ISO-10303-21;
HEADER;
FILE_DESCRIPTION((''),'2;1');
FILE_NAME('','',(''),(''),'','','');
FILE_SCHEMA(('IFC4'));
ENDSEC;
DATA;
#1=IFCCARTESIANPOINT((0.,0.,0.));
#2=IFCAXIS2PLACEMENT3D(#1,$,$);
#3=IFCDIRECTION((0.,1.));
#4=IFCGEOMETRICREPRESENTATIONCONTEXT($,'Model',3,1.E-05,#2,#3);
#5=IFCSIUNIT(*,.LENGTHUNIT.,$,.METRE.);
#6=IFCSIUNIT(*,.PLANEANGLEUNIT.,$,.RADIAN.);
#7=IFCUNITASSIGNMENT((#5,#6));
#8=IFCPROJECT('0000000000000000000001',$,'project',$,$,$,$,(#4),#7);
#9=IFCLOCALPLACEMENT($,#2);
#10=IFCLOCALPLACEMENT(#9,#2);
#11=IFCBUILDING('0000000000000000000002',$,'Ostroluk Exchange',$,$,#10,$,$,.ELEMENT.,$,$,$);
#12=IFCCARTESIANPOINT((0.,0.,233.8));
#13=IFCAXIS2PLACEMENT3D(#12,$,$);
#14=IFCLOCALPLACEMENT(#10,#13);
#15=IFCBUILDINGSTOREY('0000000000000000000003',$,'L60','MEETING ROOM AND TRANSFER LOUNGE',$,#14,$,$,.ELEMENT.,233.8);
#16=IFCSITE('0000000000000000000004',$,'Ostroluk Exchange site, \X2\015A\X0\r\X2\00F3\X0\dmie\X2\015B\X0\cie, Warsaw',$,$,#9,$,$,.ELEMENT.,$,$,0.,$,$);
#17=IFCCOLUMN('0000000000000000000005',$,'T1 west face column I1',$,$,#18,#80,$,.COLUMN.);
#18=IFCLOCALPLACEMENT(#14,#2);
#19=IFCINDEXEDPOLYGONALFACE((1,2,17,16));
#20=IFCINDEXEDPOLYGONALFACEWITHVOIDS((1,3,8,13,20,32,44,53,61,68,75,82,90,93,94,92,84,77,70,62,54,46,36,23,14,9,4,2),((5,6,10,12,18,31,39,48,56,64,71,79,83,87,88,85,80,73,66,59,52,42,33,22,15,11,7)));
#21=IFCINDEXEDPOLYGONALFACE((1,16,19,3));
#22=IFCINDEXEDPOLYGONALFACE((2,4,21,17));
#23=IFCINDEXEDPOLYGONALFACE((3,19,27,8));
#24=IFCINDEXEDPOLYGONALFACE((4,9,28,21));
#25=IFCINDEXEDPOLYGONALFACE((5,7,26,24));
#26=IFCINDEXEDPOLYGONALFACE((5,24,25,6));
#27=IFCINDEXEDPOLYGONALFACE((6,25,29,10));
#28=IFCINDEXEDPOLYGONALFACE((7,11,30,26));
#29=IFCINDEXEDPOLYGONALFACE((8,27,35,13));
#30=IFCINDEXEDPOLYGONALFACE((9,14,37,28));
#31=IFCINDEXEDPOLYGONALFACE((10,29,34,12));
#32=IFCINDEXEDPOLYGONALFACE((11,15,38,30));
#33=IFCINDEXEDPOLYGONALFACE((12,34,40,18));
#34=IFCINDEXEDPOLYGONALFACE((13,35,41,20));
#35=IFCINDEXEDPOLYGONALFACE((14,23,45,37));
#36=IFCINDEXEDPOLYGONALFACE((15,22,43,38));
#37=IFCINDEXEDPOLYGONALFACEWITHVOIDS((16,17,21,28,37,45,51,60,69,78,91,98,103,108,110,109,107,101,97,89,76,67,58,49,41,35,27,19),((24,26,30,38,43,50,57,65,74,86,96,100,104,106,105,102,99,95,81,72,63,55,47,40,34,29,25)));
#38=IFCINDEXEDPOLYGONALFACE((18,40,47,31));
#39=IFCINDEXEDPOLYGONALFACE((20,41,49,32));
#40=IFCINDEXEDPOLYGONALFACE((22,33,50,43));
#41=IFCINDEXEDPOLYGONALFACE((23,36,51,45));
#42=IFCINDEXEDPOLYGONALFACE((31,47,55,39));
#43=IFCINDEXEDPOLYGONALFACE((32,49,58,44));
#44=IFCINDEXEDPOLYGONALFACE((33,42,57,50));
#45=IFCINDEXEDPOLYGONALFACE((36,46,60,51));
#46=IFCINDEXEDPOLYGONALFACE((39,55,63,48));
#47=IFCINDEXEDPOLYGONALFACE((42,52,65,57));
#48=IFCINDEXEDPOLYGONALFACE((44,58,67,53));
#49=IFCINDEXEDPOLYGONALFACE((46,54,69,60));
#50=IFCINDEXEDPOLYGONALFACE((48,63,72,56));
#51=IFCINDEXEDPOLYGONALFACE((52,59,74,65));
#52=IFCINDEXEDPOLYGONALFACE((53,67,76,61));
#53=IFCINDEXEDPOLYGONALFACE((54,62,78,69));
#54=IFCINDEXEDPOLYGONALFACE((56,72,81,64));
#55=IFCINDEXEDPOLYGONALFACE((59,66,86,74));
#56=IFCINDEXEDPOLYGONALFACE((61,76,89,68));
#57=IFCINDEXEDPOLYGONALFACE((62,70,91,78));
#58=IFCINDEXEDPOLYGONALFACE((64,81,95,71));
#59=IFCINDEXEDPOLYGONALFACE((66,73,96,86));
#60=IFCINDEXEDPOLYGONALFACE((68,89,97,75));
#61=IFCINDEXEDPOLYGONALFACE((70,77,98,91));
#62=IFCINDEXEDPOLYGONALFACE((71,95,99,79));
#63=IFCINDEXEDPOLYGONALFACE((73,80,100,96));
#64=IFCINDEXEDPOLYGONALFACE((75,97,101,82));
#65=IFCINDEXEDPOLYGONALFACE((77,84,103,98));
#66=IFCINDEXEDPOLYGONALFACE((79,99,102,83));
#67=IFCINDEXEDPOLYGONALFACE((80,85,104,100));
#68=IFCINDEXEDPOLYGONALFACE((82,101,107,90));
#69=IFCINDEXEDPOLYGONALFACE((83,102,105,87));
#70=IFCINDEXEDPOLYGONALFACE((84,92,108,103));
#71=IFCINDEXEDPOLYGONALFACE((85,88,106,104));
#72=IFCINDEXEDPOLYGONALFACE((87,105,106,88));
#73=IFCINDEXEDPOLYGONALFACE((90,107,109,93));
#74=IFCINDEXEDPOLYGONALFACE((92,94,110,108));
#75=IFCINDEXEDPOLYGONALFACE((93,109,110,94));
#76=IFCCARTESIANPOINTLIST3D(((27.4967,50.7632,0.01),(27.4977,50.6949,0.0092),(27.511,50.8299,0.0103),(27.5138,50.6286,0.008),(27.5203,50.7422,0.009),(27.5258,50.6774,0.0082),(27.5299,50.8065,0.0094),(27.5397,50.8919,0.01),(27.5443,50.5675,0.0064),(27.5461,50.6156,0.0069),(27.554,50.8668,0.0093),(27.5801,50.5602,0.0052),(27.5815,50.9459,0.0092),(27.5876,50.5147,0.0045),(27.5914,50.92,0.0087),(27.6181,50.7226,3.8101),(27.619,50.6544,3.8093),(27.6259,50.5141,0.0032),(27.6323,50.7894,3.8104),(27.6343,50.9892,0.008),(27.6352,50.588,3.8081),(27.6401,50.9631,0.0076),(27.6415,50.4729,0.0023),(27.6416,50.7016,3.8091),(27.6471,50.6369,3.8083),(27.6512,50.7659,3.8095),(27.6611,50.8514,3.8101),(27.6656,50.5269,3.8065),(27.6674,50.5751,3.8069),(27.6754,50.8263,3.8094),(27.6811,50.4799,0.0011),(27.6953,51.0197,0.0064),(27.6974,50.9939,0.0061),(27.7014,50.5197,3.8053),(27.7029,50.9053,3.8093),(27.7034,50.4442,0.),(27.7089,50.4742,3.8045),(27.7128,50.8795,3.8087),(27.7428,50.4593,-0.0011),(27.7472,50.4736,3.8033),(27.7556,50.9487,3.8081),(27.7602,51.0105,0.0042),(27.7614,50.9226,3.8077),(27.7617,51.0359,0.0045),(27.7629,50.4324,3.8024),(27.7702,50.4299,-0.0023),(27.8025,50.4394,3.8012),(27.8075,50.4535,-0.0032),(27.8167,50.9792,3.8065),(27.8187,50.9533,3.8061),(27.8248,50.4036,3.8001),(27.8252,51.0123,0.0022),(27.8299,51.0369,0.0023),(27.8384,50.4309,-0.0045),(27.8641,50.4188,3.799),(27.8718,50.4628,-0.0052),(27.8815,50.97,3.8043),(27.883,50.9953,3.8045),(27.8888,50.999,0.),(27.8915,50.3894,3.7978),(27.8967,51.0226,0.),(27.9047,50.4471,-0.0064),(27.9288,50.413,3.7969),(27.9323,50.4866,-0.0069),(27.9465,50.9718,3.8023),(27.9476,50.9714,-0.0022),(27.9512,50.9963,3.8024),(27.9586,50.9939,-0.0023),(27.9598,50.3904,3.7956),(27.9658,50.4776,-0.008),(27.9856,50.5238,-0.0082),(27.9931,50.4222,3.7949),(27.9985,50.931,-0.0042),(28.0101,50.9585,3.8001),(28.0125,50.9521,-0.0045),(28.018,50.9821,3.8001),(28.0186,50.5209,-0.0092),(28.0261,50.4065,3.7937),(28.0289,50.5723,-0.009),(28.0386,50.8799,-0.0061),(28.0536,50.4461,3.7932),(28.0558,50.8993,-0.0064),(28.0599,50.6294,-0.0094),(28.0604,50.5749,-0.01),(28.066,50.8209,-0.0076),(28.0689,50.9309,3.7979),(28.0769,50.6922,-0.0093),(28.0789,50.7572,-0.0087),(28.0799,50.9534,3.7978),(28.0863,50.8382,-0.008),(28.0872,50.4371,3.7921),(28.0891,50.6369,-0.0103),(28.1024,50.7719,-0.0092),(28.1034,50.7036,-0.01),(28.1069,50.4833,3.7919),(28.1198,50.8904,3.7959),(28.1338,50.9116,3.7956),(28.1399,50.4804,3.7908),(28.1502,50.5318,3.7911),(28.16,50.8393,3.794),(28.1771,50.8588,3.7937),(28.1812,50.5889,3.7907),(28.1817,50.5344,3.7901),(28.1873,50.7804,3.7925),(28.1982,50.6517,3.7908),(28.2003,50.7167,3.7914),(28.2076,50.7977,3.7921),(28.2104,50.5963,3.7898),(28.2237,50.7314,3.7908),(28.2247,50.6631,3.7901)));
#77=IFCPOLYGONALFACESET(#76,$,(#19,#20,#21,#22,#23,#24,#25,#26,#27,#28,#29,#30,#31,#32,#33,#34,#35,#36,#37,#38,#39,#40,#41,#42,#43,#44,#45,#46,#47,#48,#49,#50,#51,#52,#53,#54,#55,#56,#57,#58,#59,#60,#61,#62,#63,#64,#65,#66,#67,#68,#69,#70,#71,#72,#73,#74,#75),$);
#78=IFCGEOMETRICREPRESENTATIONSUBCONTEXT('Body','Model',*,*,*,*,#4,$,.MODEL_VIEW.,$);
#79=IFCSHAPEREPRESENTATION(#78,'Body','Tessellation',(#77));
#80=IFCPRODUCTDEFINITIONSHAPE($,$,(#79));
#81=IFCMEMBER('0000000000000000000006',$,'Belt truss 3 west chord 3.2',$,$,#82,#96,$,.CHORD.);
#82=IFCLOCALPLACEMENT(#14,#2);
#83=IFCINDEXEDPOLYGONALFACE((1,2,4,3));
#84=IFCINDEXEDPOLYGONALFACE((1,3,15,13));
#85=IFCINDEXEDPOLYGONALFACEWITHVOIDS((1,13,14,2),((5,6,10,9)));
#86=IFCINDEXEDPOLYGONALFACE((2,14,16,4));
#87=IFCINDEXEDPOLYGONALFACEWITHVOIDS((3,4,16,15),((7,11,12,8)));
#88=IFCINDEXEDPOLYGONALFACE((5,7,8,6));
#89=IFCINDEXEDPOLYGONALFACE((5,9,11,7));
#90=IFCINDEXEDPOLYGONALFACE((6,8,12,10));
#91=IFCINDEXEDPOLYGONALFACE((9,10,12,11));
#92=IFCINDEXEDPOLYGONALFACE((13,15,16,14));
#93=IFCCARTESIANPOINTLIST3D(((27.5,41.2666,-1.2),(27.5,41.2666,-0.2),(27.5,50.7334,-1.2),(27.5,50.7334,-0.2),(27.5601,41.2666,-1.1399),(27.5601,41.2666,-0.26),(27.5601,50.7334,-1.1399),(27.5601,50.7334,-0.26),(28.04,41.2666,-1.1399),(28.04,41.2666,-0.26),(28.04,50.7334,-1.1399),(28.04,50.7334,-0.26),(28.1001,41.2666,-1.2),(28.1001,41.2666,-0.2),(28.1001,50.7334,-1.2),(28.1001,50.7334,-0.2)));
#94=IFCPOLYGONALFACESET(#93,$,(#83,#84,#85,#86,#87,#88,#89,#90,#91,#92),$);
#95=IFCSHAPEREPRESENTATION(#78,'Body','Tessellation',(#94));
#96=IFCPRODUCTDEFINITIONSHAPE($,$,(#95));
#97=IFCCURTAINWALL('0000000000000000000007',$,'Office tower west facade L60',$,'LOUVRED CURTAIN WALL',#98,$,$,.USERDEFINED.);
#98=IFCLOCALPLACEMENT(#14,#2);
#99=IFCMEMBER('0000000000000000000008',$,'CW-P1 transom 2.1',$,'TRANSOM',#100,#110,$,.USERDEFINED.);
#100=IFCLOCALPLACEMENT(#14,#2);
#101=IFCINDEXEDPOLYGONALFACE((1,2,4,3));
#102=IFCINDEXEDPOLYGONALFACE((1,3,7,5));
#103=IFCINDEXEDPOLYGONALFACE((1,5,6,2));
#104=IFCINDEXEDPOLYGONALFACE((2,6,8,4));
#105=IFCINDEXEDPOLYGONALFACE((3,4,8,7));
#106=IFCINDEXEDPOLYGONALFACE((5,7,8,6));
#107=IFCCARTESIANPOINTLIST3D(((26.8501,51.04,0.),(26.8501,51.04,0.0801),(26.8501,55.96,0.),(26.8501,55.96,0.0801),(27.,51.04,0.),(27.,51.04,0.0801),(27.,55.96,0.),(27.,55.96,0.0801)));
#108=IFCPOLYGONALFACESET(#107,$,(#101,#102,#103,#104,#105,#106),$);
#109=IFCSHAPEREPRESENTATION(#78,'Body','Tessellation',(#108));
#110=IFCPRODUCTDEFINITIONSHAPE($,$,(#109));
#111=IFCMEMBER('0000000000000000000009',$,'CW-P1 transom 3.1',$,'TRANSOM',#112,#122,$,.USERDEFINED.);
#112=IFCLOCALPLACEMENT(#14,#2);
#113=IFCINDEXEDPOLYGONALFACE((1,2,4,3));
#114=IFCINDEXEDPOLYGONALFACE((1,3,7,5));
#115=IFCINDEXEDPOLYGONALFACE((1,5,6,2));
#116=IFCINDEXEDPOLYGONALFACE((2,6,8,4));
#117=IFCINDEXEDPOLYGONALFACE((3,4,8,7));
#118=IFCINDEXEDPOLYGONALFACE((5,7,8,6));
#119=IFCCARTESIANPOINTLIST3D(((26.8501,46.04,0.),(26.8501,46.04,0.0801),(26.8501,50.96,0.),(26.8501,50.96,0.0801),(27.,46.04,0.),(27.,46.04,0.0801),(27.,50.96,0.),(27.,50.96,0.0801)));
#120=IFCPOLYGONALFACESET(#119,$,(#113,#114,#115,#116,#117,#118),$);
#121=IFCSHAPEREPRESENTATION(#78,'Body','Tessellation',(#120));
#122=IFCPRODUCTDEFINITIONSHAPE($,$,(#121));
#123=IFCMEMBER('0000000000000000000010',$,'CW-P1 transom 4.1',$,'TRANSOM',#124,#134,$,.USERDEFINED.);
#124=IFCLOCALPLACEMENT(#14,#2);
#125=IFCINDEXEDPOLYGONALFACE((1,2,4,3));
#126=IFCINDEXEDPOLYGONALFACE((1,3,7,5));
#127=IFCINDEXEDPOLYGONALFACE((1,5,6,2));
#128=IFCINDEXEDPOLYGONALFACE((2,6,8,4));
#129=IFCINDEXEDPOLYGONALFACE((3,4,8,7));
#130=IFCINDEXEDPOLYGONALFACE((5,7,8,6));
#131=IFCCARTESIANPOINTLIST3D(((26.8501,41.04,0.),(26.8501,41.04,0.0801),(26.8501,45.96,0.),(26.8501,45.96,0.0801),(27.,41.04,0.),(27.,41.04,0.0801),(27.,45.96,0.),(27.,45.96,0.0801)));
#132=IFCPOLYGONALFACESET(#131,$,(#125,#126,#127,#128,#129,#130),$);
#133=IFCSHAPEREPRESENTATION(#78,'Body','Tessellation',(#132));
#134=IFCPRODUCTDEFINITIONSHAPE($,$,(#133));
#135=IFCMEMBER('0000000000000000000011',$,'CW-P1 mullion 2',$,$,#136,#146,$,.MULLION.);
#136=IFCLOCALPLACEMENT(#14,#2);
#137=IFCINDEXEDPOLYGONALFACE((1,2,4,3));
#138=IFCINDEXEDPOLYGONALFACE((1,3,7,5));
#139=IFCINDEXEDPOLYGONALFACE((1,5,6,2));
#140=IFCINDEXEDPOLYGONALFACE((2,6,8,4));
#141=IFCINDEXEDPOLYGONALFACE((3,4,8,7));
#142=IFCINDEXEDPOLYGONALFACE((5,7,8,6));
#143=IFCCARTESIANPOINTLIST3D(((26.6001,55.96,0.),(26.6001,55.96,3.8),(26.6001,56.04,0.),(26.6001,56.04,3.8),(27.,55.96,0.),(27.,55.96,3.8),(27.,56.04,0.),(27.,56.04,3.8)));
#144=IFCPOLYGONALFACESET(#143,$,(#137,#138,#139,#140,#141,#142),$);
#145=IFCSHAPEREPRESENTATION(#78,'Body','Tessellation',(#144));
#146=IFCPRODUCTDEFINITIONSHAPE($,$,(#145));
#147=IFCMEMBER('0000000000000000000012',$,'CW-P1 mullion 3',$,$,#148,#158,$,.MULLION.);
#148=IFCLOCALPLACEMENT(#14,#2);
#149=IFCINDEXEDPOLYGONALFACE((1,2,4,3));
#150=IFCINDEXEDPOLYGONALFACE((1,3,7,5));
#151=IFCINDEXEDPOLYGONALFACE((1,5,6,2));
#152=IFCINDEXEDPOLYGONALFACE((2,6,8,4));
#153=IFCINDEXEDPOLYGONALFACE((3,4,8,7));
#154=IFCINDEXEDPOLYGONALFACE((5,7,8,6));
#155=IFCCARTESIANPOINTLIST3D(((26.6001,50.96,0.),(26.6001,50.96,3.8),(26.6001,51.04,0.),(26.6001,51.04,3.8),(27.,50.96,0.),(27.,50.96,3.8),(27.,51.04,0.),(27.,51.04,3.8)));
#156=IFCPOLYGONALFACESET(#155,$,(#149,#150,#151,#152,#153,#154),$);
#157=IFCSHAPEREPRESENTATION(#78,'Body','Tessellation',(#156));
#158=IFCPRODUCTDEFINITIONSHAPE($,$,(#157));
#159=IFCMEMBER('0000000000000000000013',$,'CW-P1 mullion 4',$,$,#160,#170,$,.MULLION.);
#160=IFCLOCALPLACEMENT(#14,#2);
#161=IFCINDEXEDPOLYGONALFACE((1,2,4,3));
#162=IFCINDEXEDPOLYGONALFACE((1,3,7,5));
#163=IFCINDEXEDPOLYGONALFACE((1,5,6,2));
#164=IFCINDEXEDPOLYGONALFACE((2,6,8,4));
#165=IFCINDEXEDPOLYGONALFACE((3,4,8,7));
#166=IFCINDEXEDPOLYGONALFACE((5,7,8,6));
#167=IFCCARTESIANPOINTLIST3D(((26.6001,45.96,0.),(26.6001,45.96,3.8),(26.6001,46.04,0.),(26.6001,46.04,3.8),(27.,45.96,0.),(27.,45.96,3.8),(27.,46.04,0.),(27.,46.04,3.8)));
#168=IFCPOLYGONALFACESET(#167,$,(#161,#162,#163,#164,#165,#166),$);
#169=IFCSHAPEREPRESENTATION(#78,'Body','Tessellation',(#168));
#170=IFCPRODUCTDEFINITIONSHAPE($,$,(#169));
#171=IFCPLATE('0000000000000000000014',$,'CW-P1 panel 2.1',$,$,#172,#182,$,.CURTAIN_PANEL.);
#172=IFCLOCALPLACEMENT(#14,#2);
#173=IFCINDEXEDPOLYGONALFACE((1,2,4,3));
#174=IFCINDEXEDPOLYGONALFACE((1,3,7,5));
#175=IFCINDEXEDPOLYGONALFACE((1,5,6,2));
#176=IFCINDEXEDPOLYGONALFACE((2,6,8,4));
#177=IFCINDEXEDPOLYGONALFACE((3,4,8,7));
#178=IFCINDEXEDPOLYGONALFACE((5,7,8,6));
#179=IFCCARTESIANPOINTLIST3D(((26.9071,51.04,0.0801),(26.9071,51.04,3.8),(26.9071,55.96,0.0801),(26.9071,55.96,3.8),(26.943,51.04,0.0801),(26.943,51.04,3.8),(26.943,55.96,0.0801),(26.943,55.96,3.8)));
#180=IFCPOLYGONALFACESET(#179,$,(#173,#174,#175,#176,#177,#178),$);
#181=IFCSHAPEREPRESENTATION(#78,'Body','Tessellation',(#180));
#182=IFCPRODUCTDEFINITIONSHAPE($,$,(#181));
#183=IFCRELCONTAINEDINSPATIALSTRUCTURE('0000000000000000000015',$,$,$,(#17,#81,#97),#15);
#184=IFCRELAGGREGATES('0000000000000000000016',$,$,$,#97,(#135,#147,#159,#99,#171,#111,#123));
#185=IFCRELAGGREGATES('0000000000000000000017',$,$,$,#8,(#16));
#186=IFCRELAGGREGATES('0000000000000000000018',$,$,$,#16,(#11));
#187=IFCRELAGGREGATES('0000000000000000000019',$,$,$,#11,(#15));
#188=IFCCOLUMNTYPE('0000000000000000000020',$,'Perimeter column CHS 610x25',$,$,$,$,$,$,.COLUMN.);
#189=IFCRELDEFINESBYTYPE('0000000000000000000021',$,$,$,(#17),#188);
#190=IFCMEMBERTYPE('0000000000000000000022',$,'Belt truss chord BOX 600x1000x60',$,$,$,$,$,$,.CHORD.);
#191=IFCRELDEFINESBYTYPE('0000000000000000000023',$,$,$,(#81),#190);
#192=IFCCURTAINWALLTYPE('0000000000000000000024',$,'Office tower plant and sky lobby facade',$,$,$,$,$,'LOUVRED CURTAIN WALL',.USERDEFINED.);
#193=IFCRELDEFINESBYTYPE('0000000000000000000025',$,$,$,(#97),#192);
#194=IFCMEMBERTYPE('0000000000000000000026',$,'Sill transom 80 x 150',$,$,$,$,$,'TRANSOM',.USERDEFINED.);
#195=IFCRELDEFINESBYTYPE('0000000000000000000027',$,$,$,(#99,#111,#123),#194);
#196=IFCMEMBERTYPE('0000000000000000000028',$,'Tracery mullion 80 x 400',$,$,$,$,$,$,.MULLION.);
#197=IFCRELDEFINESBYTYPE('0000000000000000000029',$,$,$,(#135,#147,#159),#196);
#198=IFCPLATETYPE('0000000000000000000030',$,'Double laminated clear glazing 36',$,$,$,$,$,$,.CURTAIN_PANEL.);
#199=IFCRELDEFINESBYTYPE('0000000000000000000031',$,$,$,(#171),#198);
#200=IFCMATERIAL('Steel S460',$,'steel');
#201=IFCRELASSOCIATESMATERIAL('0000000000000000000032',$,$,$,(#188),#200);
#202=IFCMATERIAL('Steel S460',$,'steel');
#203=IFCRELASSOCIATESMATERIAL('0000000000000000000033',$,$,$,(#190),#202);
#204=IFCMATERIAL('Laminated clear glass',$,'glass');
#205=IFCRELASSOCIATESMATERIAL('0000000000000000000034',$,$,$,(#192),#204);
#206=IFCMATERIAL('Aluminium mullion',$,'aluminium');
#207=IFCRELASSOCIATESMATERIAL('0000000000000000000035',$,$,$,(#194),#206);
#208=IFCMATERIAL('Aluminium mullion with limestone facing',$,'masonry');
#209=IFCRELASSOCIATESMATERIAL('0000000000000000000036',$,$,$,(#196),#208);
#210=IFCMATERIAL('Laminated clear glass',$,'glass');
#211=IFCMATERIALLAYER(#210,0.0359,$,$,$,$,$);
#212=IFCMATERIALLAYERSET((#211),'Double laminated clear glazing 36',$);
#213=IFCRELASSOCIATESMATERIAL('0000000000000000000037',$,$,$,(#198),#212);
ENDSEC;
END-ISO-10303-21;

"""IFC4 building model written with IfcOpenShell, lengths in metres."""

from ifc_helpers import new_model, si_unit, direction, frame, origin, origin_2d, place, context, subcontext, project, spatial, rectangle, hollow_rectangle, hollow_circle, extrude, material, layer, layer_set, material_profile, profile_set, type_object, element, aggregate, save


model = new_model("IFC4")

# Units and contexts
model_context = context("Model", 3, precision=1e-05, world=origin(), true_north=direction((0.0, 1.0)))
body_context = subcontext(model_context, "Body", "Model", "MODEL_VIEW")
ifc_project = project(units=[si_unit("LENGTHUNIT", "METRE"), si_unit("PLANEANGLEUNIT", "RADIAN")], contexts=[model_context])

# Site, building, storey
site_placement = place(None, origin())
site = spatial("IfcSite", under=ifc_project, at=site_placement, Name="Ostroluk Exchange site, Śródmieście, Warsaw", CompositionType="ELEMENT", RefElevation=0.0)
building_placement = place(site_placement, origin())
building = spatial("IfcBuilding", under=site, at=building_placement, Name="Ostroluk Exchange", CompositionType="ELEMENT")
storey_placement = place(building_placement, frame((0.0, 0.0, 233.8)))
storey = spatial("IfcBuildingStorey", under=building, at=storey_placement, Name="L60", Description="MEETING ROOM AND TRANSFER LOUNGE", CompositionType="ELEMENT", Elevation=233.8)

# Column
ifc_material_1 = material(Name="Steel S460", Category="steel")
ifc_material_profile_1 = material_profile(ifc_material_1, hollow_circle(Radius=0.3049, WallThickness=0.0249, at=origin_2d()), Name="CHS 610x25")
ifc_profile_set_1 = profile_set([ifc_material_profile_1], Name="Steel S460")
column_type = type_object("IfcColumnType", Name="Perimeter column CHS 610x25", PredefinedType="COLUMN", material=ifc_profile_set_1)
column_placement = place(storey_placement, frame((27.8, 50.7334, 0.0), z_axis=(0.031913, -0.010659, 0.999434), x_axis=(0.3168, 0.948492, 0.0)))
element("IfcColumn", 1, at=column_placement, inside=storey, type_object=column_type, Name="T1 west face column I1", PredefinedType="COLUMN", context=body_context, shape_type="SweptSolid", body=[
    extrude(hollow_circle(Radius=0.3049, WallThickness=0.0249, at=origin_2d()), origin(), (0.0, 0.0, 1.0), 3.8022),
])

# Member
ifc_material_2 = material(Name="Steel S460", Category="steel")
ifc_material_profile_2 = material_profile(ifc_material_2, hollow_rectangle(XDim=0.6001, YDim=1.0, WallThickness=0.0601, at=origin_2d()), Name="BOX 600x1000x60")
ifc_profile_set_2 = profile_set([ifc_material_profile_2], Name="Steel S460")
member_type_1 = type_object("IfcMemberType", Name="Belt truss chord BOX 600x1000x60", PredefinedType="CHORD", material=ifc_profile_set_2)
member_1_placement = place(storey_placement, frame((27.8, 50.7334, -0.7), z_axis=(0.0, -1.0, 0.0), x_axis=(1.0, 0.0, 0.0)))
element("IfcMember", 2, at=member_1_placement, inside=storey, type_object=member_type_1, Name="Belt truss 3 west chord 3.2", PredefinedType="CHORD", context=body_context, shape_type="SweptSolid", body=[
    extrude(hollow_rectangle(XDim=0.6001, YDim=1.0, WallThickness=0.0601, at=origin_2d()), origin(), (0.0, 0.0, 1.0), 9.4668),
])

# Curtain wall, members, plate
ifc_material_3 = material(Name="Laminated clear glass", Category="glass")
curtain_wall_type = type_object("IfcCurtainWallType", Name="Office tower plant and sky lobby facade", ElementType="LOUVRED CURTAIN WALL", PredefinedType="USERDEFINED", material=ifc_material_3)
curtain_wall_placement = place(storey_placement, origin())
curtain_wall = element("IfcCurtainWall", 3, at=curtain_wall_placement, inside=storey, type_object=curtain_wall_type, Name="Office tower west facade L60", ObjectType="LOUVRED CURTAIN WALL", PredefinedType="USERDEFINED")
ifc_material_4 = material(Name="Aluminium mullion", Category="aluminium")
ifc_material_profile_3 = material_profile(ifc_material_4, rectangle(XDim=0.1499, YDim=0.0801, at=origin_2d()), Name="Sill transom 80 x 150")
ifc_profile_set_3 = profile_set([ifc_material_profile_3], Name="Aluminium mullion")
member_type_2 = type_object("IfcMemberType", Name="Sill transom 80 x 150", ElementType="TRANSOM", PredefinedType="USERDEFINED", material=ifc_profile_set_3)
member_2_placement = place(storey_placement, frame((26.925, 55.96, 0.04), z_axis=(0.0, -1.0, 0.0), x_axis=(1.0, 0.0, 0.0)))
member_2 = element("IfcMember", 4, at=member_2_placement, type_object=member_type_2, Name="CW-P1 transom 2.1", ObjectType="TRANSOM", PredefinedType="USERDEFINED", context=body_context, shape_type="SweptSolid", body=[
    extrude(rectangle(XDim=0.1499, YDim=0.0801, at=origin_2d()), origin(), (0.0, 0.0, 1.0), 4.9199),
])
member_3_placement = place(storey_placement, frame((26.925, 50.96, 0.04), z_axis=(0.0, -1.0, 0.0), x_axis=(1.0, 0.0, 0.0)))
member_3 = element("IfcMember", 5, at=member_3_placement, type_object=member_type_2, Name="CW-P1 transom 3.1", ObjectType="TRANSOM", PredefinedType="USERDEFINED", context=body_context, shape_type="SweptSolid", body=[
    extrude(rectangle(XDim=0.1499, YDim=0.0801, at=origin_2d()), origin(), (0.0, 0.0, 1.0), 4.9199),
])
member_4_placement = place(storey_placement, frame((26.925, 45.96, 0.04), z_axis=(0.0, -1.0, 0.0), x_axis=(1.0, 0.0, 0.0)))
member_4 = element("IfcMember", 6, at=member_4_placement, type_object=member_type_2, Name="CW-P1 transom 4.1", ObjectType="TRANSOM", PredefinedType="USERDEFINED", context=body_context, shape_type="SweptSolid", body=[
    extrude(rectangle(XDim=0.1499, YDim=0.0801, at=origin_2d()), origin(), (0.0, 0.0, 1.0), 4.9199),
])
ifc_material_5 = material(Name="Aluminium mullion with limestone facing", Category="masonry")
ifc_material_profile_4 = material_profile(ifc_material_5, rectangle(XDim=0.3999, YDim=0.0801, at=origin_2d()), Name="Tracery mullion 80 x 400")
ifc_profile_set_4 = profile_set([ifc_material_profile_4], Name="Aluminium mullion with limestone facing")
member_type_3 = type_object("IfcMemberType", Name="Tracery mullion 80 x 400", PredefinedType="MULLION", material=ifc_profile_set_4)
member_5_placement = place(storey_placement, frame((26.8, 56.0, 0.0), z_axis=(0.0, 0.0, 1.0), x_axis=(1.0, 0.0, 0.0)))
member_5 = element("IfcMember", 7, at=member_5_placement, type_object=member_type_3, Name="CW-P1 mullion 2", PredefinedType="MULLION", context=body_context, shape_type="SweptSolid", body=[
    extrude(rectangle(XDim=0.3999, YDim=0.0801, at=origin_2d()), origin(), (0.0, 0.0, 1.0), 3.8),
])
member_6_placement = place(storey_placement, frame((26.8, 51.0, 0.0), z_axis=(0.0, 0.0, 1.0), x_axis=(1.0, 0.0, 0.0)))
member_6 = element("IfcMember", 8, at=member_6_placement, type_object=member_type_3, Name="CW-P1 mullion 3", PredefinedType="MULLION", context=body_context, shape_type="SweptSolid", body=[
    extrude(rectangle(XDim=0.3999, YDim=0.0801, at=origin_2d()), origin(), (0.0, 0.0, 1.0), 3.8),
])
member_7_placement = place(storey_placement, frame((26.8, 46.0, 0.0), z_axis=(0.0, 0.0, 1.0), x_axis=(1.0, 0.0, 0.0)))
member_7 = element("IfcMember", 9, at=member_7_placement, type_object=member_type_3, Name="CW-P1 mullion 4", PredefinedType="MULLION", context=body_context, shape_type="SweptSolid", body=[
    extrude(rectangle(XDim=0.3999, YDim=0.0801, at=origin_2d()), origin(), (0.0, 0.0, 1.0), 3.8),
])
ifc_material_6 = material(Name="Laminated clear glass", Category="glass")
ifc_layer_1 = layer(ifc_material_6, 0.0359)
ifc_layer_set_1 = layer_set([ifc_layer_1], Name="Double laminated clear glazing 36")
plate_type = type_object("IfcPlateType", Name="Double laminated clear glazing 36", PredefinedType="CURTAIN_PANEL", material=ifc_layer_set_1)
plate_1_placement = place(storey_placement, frame((26.925, 53.5, 0.0801), z_axis=(0.0, 0.0, 1.0), x_axis=(0.0, -1.0, 0.0)))
plate_1 = element("IfcPlate", 10, at=plate_1_placement, type_object=plate_type, Name="CW-P1 panel 2.1", PredefinedType="CURTAIN_PANEL", context=body_context, shape_type="SweptSolid", body=[
    extrude(rectangle(XDim=4.9199, YDim=0.0359, at=origin_2d()), origin(), (0.0, 0.0, 1.0), 3.72),
])
aggregate(curtain_wall, [member_5, member_6, member_7, member_2, plate_1, member_3, member_4])

save(model, "model.ifc")
